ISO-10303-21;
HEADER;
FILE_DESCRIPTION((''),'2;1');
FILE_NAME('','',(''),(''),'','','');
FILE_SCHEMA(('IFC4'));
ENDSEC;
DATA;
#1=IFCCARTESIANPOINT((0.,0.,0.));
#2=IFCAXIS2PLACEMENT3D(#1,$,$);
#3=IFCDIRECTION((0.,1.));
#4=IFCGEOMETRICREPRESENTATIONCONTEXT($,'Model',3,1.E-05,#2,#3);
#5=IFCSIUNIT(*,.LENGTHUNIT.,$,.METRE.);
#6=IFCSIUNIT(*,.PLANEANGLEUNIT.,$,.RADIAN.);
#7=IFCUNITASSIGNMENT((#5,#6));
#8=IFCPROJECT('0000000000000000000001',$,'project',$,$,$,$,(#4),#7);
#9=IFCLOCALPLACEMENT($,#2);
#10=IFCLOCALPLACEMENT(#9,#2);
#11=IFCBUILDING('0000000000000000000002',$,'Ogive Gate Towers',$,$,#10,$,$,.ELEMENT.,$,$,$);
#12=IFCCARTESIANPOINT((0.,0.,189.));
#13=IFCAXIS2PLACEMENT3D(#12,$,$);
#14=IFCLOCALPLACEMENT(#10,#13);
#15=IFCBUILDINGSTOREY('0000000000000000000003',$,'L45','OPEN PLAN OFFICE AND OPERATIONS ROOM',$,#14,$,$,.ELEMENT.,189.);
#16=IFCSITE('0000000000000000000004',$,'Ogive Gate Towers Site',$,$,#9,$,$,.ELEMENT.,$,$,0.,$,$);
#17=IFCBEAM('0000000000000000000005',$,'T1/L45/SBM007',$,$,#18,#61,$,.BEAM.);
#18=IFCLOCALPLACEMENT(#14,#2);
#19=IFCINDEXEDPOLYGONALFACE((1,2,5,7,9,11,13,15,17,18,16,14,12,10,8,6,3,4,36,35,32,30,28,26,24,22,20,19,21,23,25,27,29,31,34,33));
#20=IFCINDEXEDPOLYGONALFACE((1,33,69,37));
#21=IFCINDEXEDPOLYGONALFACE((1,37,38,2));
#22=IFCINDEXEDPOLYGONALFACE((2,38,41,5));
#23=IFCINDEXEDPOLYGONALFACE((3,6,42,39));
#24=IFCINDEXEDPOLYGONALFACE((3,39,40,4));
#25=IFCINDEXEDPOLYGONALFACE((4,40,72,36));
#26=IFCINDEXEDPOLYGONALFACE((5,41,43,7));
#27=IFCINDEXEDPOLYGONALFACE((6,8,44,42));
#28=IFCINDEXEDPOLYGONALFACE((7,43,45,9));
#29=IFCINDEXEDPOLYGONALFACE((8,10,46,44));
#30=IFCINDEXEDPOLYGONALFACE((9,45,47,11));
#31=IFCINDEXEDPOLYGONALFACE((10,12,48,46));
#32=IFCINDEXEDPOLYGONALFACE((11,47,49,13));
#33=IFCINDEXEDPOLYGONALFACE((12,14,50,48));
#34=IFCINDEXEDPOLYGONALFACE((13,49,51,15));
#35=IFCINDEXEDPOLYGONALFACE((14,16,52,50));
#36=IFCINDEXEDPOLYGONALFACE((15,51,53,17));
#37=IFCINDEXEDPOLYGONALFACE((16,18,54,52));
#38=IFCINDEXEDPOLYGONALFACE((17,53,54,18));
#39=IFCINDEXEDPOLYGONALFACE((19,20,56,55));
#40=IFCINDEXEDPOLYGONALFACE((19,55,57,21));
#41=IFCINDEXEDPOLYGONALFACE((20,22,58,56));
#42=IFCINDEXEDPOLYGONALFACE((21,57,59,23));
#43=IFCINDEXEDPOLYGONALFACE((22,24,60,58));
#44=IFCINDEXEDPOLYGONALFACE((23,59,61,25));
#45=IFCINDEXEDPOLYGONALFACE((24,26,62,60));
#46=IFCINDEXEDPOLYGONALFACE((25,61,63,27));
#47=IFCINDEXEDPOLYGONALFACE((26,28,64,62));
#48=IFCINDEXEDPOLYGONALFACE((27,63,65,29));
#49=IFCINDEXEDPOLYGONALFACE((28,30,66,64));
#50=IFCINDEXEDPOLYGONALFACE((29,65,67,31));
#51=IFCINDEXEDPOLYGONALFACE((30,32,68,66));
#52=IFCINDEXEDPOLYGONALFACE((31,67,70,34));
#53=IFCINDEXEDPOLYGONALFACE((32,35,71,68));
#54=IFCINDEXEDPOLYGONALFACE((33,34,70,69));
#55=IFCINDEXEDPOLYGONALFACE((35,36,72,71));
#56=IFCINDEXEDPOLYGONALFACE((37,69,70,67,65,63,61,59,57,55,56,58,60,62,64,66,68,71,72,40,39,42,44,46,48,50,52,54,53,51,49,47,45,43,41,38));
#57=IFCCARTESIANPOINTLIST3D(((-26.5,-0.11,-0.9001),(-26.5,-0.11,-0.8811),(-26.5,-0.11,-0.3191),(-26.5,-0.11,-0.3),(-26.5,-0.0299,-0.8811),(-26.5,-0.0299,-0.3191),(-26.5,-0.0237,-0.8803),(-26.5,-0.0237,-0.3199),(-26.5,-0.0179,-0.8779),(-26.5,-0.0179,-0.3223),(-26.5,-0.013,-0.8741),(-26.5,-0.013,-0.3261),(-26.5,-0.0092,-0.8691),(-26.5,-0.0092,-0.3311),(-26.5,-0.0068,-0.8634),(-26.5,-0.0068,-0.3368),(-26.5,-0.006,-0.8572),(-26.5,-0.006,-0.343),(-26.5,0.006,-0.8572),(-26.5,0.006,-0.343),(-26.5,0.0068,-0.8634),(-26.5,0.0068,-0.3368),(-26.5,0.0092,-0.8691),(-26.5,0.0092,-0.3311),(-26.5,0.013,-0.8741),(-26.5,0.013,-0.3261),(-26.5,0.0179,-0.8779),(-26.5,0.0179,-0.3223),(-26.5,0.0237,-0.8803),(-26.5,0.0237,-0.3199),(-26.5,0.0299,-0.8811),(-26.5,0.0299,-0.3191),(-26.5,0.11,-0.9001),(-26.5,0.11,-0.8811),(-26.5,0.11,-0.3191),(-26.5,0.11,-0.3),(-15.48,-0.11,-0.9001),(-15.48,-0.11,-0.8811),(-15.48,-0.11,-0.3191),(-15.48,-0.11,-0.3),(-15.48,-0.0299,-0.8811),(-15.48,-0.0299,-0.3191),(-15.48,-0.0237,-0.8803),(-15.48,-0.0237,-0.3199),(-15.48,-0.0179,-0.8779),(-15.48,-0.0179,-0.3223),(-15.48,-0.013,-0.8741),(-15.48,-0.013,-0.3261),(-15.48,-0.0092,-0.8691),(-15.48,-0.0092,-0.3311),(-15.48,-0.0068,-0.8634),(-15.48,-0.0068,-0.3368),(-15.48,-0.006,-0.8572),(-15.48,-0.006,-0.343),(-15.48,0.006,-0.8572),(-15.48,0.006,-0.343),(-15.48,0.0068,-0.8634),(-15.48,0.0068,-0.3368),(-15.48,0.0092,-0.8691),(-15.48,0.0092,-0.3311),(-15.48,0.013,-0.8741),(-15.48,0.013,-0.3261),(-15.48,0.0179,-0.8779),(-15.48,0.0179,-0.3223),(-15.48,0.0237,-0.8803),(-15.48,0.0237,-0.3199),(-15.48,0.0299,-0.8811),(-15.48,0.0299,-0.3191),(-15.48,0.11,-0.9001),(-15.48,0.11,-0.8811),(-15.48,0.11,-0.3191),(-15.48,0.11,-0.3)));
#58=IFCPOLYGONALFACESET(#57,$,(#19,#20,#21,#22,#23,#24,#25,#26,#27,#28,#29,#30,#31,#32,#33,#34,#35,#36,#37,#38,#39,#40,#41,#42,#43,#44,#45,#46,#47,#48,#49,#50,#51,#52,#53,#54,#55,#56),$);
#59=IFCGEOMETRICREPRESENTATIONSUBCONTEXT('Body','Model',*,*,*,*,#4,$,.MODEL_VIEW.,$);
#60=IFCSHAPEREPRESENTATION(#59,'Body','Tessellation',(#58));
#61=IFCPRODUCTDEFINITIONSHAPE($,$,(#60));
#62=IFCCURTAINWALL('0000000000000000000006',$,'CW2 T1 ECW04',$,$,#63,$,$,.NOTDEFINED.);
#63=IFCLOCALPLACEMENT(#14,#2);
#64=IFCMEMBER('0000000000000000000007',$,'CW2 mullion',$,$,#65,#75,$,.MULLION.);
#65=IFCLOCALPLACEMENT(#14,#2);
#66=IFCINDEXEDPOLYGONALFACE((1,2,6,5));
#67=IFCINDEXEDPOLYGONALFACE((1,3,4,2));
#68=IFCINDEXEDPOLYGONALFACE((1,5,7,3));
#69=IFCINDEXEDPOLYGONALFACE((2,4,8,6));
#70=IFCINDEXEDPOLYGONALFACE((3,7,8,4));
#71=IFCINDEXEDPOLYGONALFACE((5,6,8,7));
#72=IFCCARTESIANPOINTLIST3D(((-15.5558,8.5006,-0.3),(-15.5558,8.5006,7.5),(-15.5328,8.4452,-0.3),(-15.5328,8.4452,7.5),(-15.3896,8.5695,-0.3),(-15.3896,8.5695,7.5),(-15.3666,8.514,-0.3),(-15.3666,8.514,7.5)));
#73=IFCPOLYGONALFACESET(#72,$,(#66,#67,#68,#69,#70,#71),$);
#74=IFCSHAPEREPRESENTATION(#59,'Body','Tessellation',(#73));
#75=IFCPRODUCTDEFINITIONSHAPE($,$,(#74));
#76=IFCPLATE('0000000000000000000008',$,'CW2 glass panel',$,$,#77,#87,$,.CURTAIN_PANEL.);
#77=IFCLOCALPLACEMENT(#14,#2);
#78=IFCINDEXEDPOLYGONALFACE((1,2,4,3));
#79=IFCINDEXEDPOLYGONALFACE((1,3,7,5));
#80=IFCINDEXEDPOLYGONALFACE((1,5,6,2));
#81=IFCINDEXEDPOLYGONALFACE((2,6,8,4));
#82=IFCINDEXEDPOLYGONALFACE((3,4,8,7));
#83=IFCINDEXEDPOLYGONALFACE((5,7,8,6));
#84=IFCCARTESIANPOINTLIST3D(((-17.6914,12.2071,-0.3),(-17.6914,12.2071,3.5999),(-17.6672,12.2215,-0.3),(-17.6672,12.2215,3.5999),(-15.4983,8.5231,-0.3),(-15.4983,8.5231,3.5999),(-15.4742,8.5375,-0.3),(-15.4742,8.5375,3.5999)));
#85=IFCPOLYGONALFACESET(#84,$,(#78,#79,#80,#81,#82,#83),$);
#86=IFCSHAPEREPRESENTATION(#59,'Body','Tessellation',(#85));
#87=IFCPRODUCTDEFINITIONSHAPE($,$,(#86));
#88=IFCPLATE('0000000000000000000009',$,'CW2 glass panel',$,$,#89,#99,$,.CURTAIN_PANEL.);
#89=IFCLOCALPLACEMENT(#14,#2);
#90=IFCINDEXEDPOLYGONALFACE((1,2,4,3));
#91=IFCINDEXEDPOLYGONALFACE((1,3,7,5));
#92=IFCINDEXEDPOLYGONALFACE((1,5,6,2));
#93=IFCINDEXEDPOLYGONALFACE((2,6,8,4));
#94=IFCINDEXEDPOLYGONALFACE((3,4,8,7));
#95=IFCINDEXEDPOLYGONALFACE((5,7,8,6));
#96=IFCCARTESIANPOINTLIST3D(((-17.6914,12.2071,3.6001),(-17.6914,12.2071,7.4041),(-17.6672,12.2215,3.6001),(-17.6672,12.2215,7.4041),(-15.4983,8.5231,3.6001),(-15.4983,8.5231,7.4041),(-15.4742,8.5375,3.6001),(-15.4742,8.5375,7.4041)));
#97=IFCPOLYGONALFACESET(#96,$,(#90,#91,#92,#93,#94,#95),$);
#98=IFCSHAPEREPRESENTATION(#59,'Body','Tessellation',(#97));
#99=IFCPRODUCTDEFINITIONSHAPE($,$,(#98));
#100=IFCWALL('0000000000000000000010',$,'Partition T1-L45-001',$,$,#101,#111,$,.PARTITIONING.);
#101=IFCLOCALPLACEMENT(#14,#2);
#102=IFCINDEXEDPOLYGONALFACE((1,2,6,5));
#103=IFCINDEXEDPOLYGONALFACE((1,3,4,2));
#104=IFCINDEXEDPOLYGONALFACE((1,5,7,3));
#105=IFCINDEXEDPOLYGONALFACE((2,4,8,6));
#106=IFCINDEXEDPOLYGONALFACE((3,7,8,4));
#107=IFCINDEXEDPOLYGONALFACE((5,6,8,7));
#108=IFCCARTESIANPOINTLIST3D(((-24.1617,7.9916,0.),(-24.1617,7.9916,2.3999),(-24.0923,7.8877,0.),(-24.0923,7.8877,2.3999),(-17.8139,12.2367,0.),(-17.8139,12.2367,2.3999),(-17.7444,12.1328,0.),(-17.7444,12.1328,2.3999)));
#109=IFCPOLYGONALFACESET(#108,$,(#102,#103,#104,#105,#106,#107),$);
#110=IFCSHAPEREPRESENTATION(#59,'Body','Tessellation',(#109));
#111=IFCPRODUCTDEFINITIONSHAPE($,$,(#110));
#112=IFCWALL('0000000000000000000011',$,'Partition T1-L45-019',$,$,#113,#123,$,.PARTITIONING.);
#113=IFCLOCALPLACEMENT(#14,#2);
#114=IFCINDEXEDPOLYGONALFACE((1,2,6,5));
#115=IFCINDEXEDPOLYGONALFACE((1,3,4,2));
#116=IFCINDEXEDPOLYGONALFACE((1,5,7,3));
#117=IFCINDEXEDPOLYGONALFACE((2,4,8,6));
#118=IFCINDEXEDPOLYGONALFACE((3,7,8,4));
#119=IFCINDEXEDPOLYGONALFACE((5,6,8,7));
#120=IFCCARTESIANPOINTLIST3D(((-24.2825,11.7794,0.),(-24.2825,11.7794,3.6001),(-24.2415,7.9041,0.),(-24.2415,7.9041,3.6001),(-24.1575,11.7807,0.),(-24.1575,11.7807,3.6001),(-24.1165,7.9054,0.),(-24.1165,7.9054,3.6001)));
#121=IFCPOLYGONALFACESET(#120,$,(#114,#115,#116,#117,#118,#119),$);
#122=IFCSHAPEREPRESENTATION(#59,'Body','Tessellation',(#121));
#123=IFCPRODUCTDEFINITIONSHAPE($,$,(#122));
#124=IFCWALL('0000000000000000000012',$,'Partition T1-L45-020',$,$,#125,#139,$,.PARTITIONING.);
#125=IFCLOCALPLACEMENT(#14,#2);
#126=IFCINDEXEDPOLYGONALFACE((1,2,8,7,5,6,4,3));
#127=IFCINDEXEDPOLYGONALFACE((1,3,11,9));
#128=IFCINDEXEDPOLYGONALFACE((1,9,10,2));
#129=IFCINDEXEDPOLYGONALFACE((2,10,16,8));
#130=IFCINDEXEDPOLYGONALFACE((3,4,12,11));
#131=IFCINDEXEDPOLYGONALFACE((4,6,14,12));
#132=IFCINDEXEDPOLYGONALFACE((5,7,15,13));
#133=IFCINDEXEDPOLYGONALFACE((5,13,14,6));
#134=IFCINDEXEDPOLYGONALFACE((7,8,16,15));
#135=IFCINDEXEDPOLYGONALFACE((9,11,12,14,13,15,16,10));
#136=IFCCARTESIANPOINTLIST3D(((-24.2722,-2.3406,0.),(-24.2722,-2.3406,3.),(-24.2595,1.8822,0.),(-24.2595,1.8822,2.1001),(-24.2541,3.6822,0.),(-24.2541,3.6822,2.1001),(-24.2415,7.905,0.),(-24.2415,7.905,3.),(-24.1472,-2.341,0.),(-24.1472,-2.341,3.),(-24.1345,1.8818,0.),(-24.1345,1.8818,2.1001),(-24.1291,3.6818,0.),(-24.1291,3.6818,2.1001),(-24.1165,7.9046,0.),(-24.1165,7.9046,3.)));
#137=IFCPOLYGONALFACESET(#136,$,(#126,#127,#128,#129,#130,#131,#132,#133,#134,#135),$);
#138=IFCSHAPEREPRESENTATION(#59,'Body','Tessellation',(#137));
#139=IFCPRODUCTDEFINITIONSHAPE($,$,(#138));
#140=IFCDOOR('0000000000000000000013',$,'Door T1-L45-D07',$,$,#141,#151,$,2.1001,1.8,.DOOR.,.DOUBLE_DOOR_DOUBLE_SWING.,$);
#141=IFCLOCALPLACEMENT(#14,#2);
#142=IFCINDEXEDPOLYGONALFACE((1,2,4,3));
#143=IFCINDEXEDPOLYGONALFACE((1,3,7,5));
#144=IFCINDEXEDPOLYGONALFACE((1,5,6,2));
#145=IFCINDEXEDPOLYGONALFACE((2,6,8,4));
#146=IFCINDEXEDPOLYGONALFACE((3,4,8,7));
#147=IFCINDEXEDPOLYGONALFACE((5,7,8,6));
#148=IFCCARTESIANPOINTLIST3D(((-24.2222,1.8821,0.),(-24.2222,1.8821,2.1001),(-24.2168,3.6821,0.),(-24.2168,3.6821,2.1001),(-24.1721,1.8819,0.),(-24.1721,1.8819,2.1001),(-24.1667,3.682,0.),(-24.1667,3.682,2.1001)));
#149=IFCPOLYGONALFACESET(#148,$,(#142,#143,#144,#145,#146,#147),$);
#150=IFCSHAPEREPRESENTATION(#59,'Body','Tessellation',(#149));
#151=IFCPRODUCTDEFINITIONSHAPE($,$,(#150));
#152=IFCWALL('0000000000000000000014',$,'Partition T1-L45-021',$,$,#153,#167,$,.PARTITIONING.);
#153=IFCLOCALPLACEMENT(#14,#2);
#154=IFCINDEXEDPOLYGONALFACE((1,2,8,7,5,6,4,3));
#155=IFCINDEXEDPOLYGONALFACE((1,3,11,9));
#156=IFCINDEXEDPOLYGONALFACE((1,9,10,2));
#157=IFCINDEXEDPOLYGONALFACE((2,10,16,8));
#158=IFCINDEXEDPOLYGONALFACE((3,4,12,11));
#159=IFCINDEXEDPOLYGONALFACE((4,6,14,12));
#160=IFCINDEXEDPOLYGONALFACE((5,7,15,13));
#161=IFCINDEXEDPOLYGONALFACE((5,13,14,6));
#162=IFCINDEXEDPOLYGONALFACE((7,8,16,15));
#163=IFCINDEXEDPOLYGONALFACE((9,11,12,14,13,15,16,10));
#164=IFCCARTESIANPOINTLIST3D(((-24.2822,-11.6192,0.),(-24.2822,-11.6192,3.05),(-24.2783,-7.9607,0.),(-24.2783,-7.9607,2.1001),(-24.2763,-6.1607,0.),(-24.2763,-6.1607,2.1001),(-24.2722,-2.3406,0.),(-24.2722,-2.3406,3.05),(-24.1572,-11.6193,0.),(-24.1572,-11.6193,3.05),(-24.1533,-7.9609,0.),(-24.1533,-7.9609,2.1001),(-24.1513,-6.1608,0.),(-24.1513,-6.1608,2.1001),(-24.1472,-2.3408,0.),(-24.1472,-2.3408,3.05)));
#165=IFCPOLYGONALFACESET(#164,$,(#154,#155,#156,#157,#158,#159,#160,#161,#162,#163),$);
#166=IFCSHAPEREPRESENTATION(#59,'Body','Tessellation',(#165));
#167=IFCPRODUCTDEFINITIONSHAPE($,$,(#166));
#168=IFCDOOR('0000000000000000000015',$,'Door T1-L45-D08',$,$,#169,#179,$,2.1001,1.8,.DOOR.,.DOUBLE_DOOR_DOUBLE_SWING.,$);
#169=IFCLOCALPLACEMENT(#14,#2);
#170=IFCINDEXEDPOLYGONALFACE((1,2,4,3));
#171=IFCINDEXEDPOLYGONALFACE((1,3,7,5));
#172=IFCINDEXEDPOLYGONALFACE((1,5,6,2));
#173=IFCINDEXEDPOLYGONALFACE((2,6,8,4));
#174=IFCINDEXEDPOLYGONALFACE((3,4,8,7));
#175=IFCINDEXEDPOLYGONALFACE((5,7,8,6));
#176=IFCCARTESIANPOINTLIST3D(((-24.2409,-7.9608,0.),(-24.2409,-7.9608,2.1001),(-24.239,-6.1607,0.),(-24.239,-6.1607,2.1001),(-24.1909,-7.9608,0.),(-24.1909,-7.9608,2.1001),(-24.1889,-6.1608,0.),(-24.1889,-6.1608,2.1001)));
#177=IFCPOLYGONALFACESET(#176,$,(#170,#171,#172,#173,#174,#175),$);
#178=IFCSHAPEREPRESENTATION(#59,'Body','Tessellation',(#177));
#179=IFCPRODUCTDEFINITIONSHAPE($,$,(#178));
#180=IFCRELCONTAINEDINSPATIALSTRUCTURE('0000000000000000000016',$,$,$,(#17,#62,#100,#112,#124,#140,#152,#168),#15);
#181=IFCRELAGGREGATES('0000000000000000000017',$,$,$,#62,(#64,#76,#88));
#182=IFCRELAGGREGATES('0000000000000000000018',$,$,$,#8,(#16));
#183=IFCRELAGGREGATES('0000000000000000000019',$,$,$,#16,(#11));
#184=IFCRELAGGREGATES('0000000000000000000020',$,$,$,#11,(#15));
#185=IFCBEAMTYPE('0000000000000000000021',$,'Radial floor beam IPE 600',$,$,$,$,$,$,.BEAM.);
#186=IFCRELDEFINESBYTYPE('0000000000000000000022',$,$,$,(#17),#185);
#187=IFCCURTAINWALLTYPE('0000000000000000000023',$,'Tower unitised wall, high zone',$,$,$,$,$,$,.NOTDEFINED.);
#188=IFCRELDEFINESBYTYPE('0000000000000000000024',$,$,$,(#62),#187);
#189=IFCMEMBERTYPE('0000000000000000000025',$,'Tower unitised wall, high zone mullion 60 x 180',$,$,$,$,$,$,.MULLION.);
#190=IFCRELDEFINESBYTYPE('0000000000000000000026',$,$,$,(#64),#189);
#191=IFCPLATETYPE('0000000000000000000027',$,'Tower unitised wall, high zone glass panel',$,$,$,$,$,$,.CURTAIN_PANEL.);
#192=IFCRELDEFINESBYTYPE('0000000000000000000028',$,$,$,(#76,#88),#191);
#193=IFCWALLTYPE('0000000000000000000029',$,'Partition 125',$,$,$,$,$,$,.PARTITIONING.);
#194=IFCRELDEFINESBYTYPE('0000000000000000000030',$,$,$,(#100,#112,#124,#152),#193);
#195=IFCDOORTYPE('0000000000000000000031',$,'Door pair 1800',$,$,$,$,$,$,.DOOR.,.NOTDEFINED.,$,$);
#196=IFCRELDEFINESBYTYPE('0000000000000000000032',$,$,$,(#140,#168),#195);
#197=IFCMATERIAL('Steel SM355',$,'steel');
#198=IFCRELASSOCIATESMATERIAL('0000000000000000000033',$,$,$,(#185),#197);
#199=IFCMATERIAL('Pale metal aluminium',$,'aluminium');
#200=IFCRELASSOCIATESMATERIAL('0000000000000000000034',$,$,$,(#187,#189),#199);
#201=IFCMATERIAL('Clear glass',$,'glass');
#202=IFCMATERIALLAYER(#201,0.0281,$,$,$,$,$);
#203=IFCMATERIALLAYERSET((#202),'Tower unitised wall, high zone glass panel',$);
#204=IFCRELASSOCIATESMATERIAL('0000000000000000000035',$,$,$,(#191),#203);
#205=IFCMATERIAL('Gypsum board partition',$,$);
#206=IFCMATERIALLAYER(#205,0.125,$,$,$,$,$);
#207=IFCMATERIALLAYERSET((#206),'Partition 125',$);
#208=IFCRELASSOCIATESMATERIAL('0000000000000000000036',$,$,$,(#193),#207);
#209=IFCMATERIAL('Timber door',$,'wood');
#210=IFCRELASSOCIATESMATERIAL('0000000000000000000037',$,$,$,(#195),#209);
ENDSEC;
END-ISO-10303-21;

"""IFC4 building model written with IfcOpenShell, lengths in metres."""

from ifc_helpers import new_model, si_unit, direction, frame, frame_2d, origin, origin_2d, place, context, subcontext, project, spatial, rectangle, i_section, extrude, material, layer, layer_set, material_profile, profile_set, type_object, element, fill, aggregate, save


model = new_model("IFC4")

# Units and contexts
model_context = context("Model", 3, precision=1e-05, world=origin(), true_north=direction((0.0, 1.0)))
body_context = subcontext(model_context, "Body", "Model", "MODEL_VIEW")
ifc_project = project(units=[si_unit("LENGTHUNIT", "METRE"), si_unit("PLANEANGLEUNIT", "RADIAN")], contexts=[model_context])

# Site, building, storey
site_placement = place(None, origin())
site = spatial("IfcSite", under=ifc_project, at=site_placement, Name="Ogive Gate Towers Site", CompositionType="ELEMENT", RefElevation=0.0)
building_placement = place(site_placement, origin())
building = spatial("IfcBuilding", under=site, at=building_placement, Name="Ogive Gate Towers", CompositionType="ELEMENT")
storey_placement = place(building_placement, frame((0.0, 0.0, 189.0)))
storey = spatial("IfcBuildingStorey", under=building, at=storey_placement, Name="L45", Description="OPEN PLAN OFFICE AND OPERATIONS ROOM", CompositionType="ELEMENT", Elevation=189.0)

# Beam
ifc_material_1 = material(Name="Steel SM355", Category="steel")
ifc_material_profile_1 = material_profile(ifc_material_1, i_section(OverallWidth=0.22, OverallDepth=0.6001, WebThickness=0.012, FlangeThickness=0.019, FilletRadius=0.0239, at=origin_2d()), Name="IPE 600")
ifc_profile_set_1 = profile_set([ifc_material_profile_1], Name="Steel SM355")
beam_type_1 = type_object("IfcBeamType", Name="Radial floor beam IPE 600", PredefinedType="BEAM", material=ifc_profile_set_1)
beam_1_placement = place(storey_placement, frame((-26.5, 0.0, -0.6001), z_axis=(1.0, 0.0, 0.0), x_axis=(0.0, 1.0, 0.0)))
element("IfcBeam", 1, at=beam_1_placement, inside=storey, type_object=beam_type_1, Name="T1/L45/SBM007", PredefinedType="BEAM", context=body_context, shape_type="SweptSolid", body=[
    extrude(i_section(OverallWidth=0.22, OverallDepth=0.6001, WebThickness=0.012, FlangeThickness=0.019, FilletRadius=0.0239, at=origin_2d()), origin(), (0.0, 0.0, 1.0), 11.02),
])

# Curtain wall, member, plates
ifc_material_2 = material(Name="Pale metal aluminium", Category="aluminium")
curtain_wall_type = type_object("IfcCurtainWallType", Name="Tower unitised wall, high zone", PredefinedType="NOTDEFINED", material=ifc_material_2)
curtain_wall_placement = place(storey_placement, origin())
curtain_wall = element("IfcCurtainWall", 2, at=curtain_wall_placement, inside=storey, type_object=curtain_wall_type, Name="CW2 T1 ECW04", PredefinedType="NOTDEFINED")
ifc_material_profile_2 = material_profile(ifc_material_2, rectangle(XDim=0.1799, YDim=0.0601, at=origin_2d()), Name="60 x 180 aluminium box")
ifc_profile_set_2 = profile_set([ifc_material_profile_2], Name="Pale metal aluminium")
member_type = type_object("IfcMemberType", Name="Tower unitised wall, high zone mullion 60 x 180", PredefinedType="MULLION", material=ifc_profile_set_2)
member_placement = place(storey_placement, frame((-15.4612, 8.5073, -0.3), z_axis=(0.0, 0.0, 1.0), x_axis=(-0.92388, -0.382683, 0.0)))
member = element("IfcMember", 3, at=member_placement, type_object=member_type, Name="CW2 mullion", PredefinedType="MULLION", context=body_context, shape_type="SweptSolid", body=[
    extrude(rectangle(XDim=0.1799, YDim=0.0601, at=origin_2d()), origin(), (0.0, 0.0, 1.0), 7.8),
])
ifc_material_3 = material(Name="Clear glass", Category="glass")
ifc_layer_1 = layer(ifc_material_3, 0.0281)
ifc_layer_set_1 = layer_set([ifc_layer_1], Name="Tower unitised wall, high zone glass panel")
plate_type = type_object("IfcPlateType", Name="Tower unitised wall, high zone glass panel", PredefinedType="CURTAIN_PANEL", material=ifc_layer_set_1)
plate_1_placement = place(storey_placement, frame((-16.5828, 10.3723, -0.3), z_axis=(0.0, 0.0, 1.0), x_axis=(0.511518, -0.859273, 0.0)))
plate_1 = element("IfcPlate", 4, at=plate_1_placement, type_object=plate_type, Name="CW2 glass panel", PredefinedType="CURTAIN_PANEL", context=body_context, shape_type="SweptSolid", body=[
    extrude(rectangle(XDim=4.2874, YDim=0.0281, at=origin_2d()), origin(), (0.0, 0.0, 1.0), 3.8999),
])
plate_2_placement = place(storey_placement, frame((-16.5828, 10.3723, 3.6001), z_axis=(0.0, 0.0, 1.0), x_axis=(0.511518, -0.859273, 0.0)))
plate_2 = element("IfcPlate", 5, at=plate_2_placement, type_object=plate_type, Name="CW2 glass panel", PredefinedType="CURTAIN_PANEL", context=body_context, shape_type="SweptSolid", body=[
    extrude(rectangle(XDim=4.2874, YDim=0.0281, at=origin_2d()), origin(), (0.0, 0.0, 1.0), 3.804),
])
aggregate(curtain_wall, [member, plate_1, plate_2])

# Walls
ifc_material_4 = material(Name="Gypsum board partition")
ifc_layer_2 = layer(ifc_material_4, 0.125)
ifc_layer_set_2 = layer_set([ifc_layer_2], Name="Partition 125")
wall_type_1 = type_object("IfcWallType", Name="Partition 125", PredefinedType="PARTITIONING", material=ifc_layer_set_2)
wall_1_placement = place(storey_placement, frame((-17.7791, 12.1848, 0.0), z_axis=(0.0, 0.0, 1.0), x_axis=(-0.831253, -0.555895, 0.0)))
element("IfcWall", 6, at=wall_1_placement, inside=storey, type_object=wall_type_1, Name="Partition T1-L45-001", PredefinedType="PARTITIONING", context=body_context, shape_type="SweptSolid", body=[
    extrude(rectangle(XDim=7.6365, YDim=0.125, at=frame_2d((3.8184, 0.0))), origin(), (0.0, 0.0, 1.0), 2.3999),
])
wall_2_placement = place(storey_placement, frame((-24.22, 11.78, 0.0), z_axis=(0.0, 0.0, 1.0), x_axis=(0.010583, -0.999944, 0.0)))
element("IfcWall", 7, at=wall_2_placement, inside=storey, type_object=wall_type_1, Name="Partition T1-L45-019", PredefinedType="PARTITIONING", context=body_context, shape_type="SweptSolid", body=[
    extrude(rectangle(XDim=3.8755, YDim=0.125, at=frame_2d((1.9377, 0.0))), origin(), (0.0, 0.0, 1.0), 3.6001),
])

# Walls, openings, doors
wall_3_placement = place(storey_placement, frame((-24.179, 7.9048, 0.0), z_axis=(0.0, 0.0, 1.0), x_axis=(-0.003002, -0.999995, 0.0)))
wall_3 = element("IfcWall", 8, at=wall_3_placement, inside=storey, type_object=wall_type_1, Name="Partition T1-L45-020", PredefinedType="PARTITIONING", context=body_context, shape_type="SweptSolid", body=[
    extrude(rectangle(XDim=10.2456, YDim=0.125, at=frame_2d((5.1228, 0.0))), origin(), (0.0, 0.0, 1.0), 3.0),
])
opening_1_placement = place(wall_3_placement, frame((4.2229, 0.0, 0.0)))
opening_1 = element("IfcOpeningElement", 9, at=opening_1_placement, cuts=wall_3, PredefinedType="OPENING", context=body_context, shape_type="SweptSolid", body=[
    extrude(rectangle(XDim=1.8, YDim=2.1001, at=frame_2d((0.8999, 1.05))), frame((0.0, 0.0725, 0.0), z_axis=(0.0, -1.0, 0.0), x_axis=(1.0, 0.0, 0.0)), (0.0, 0.0, 1.0), 0.145),
])
ifc_material_5 = material(Name="Timber door", Category="wood")
door_type = type_object("IfcDoorType", Name="Door pair 1800", OperationType="NOTDEFINED", PredefinedType="DOOR", material=ifc_material_5)
door_1_placement = place(opening_1_placement, origin())
door_1 = element("IfcDoor", 10, at=door_1_placement, inside=storey, type_object=door_type, Name="Door T1-L45-D07", OperationType="DOUBLE_DOOR_DOUBLE_SWING", OverallHeight=2.1001, OverallWidth=1.8, PredefinedType="DOOR", context=body_context, shape_type="SweptSolid", body=[
    extrude(rectangle(XDim=1.8, YDim=2.1001, at=frame_2d((0.8999, 1.05))), frame((0.0, 0.0249, 0.0), z_axis=(0.0, -1.0, 0.0), x_axis=(1.0, 0.0, 0.0)), (0.0, 0.0, 1.0), 0.05),
])
fill(opening_1, door_1)
wall_4_placement = place(storey_placement, frame((-24.2097, -2.3408, 0.0), z_axis=(0.0, 0.0, 1.0), x_axis=(-0.001079, -0.999999, 0.0)))
wall_4 = element("IfcWall", 11, at=wall_4_placement, inside=storey, type_object=wall_type_1, Name="Partition T1-L45-021", PredefinedType="PARTITIONING", context=body_context, shape_type="SweptSolid", body=[
    extrude(rectangle(XDim=9.2786, YDim=0.125, at=frame_2d((4.6392, 0.0))), origin(), (0.0, 0.0, 1.0), 3.05),
])
opening_2_placement = place(wall_4_placement, frame((3.8201, 0.0, 0.0)))
opening_2 = element("IfcOpeningElement", 12, at=opening_2_placement, cuts=wall_4, PredefinedType="OPENING", context=body_context, shape_type="SweptSolid", body=[
    extrude(rectangle(XDim=1.8, YDim=2.1001, at=frame_2d((0.8999, 1.05))), frame((0.0, 0.0725, 0.0), z_axis=(0.0, -1.0, 0.0), x_axis=(1.0, 0.0, 0.0)), (0.0, 0.0, 1.0), 0.145),
])
door_2_placement = place(opening_2_placement, origin())
door_2 = element("IfcDoor", 13, at=door_2_placement, inside=storey, type_object=door_type, Name="Door T1-L45-D08", OperationType="DOUBLE_DOOR_DOUBLE_SWING", OverallHeight=2.1001, OverallWidth=1.8, PredefinedType="DOOR", context=body_context, shape_type="SweptSolid", body=[
    extrude(rectangle(XDim=1.8, YDim=2.1001, at=frame_2d((0.8999, 1.05))), frame((0.0, 0.0249, 0.0), z_axis=(0.0, -1.0, 0.0), x_axis=(1.0, 0.0, 0.0)), (0.0, 0.0, 1.0), 0.05),
])
fill(opening_2, door_2)

save(model, "model.ifc")
